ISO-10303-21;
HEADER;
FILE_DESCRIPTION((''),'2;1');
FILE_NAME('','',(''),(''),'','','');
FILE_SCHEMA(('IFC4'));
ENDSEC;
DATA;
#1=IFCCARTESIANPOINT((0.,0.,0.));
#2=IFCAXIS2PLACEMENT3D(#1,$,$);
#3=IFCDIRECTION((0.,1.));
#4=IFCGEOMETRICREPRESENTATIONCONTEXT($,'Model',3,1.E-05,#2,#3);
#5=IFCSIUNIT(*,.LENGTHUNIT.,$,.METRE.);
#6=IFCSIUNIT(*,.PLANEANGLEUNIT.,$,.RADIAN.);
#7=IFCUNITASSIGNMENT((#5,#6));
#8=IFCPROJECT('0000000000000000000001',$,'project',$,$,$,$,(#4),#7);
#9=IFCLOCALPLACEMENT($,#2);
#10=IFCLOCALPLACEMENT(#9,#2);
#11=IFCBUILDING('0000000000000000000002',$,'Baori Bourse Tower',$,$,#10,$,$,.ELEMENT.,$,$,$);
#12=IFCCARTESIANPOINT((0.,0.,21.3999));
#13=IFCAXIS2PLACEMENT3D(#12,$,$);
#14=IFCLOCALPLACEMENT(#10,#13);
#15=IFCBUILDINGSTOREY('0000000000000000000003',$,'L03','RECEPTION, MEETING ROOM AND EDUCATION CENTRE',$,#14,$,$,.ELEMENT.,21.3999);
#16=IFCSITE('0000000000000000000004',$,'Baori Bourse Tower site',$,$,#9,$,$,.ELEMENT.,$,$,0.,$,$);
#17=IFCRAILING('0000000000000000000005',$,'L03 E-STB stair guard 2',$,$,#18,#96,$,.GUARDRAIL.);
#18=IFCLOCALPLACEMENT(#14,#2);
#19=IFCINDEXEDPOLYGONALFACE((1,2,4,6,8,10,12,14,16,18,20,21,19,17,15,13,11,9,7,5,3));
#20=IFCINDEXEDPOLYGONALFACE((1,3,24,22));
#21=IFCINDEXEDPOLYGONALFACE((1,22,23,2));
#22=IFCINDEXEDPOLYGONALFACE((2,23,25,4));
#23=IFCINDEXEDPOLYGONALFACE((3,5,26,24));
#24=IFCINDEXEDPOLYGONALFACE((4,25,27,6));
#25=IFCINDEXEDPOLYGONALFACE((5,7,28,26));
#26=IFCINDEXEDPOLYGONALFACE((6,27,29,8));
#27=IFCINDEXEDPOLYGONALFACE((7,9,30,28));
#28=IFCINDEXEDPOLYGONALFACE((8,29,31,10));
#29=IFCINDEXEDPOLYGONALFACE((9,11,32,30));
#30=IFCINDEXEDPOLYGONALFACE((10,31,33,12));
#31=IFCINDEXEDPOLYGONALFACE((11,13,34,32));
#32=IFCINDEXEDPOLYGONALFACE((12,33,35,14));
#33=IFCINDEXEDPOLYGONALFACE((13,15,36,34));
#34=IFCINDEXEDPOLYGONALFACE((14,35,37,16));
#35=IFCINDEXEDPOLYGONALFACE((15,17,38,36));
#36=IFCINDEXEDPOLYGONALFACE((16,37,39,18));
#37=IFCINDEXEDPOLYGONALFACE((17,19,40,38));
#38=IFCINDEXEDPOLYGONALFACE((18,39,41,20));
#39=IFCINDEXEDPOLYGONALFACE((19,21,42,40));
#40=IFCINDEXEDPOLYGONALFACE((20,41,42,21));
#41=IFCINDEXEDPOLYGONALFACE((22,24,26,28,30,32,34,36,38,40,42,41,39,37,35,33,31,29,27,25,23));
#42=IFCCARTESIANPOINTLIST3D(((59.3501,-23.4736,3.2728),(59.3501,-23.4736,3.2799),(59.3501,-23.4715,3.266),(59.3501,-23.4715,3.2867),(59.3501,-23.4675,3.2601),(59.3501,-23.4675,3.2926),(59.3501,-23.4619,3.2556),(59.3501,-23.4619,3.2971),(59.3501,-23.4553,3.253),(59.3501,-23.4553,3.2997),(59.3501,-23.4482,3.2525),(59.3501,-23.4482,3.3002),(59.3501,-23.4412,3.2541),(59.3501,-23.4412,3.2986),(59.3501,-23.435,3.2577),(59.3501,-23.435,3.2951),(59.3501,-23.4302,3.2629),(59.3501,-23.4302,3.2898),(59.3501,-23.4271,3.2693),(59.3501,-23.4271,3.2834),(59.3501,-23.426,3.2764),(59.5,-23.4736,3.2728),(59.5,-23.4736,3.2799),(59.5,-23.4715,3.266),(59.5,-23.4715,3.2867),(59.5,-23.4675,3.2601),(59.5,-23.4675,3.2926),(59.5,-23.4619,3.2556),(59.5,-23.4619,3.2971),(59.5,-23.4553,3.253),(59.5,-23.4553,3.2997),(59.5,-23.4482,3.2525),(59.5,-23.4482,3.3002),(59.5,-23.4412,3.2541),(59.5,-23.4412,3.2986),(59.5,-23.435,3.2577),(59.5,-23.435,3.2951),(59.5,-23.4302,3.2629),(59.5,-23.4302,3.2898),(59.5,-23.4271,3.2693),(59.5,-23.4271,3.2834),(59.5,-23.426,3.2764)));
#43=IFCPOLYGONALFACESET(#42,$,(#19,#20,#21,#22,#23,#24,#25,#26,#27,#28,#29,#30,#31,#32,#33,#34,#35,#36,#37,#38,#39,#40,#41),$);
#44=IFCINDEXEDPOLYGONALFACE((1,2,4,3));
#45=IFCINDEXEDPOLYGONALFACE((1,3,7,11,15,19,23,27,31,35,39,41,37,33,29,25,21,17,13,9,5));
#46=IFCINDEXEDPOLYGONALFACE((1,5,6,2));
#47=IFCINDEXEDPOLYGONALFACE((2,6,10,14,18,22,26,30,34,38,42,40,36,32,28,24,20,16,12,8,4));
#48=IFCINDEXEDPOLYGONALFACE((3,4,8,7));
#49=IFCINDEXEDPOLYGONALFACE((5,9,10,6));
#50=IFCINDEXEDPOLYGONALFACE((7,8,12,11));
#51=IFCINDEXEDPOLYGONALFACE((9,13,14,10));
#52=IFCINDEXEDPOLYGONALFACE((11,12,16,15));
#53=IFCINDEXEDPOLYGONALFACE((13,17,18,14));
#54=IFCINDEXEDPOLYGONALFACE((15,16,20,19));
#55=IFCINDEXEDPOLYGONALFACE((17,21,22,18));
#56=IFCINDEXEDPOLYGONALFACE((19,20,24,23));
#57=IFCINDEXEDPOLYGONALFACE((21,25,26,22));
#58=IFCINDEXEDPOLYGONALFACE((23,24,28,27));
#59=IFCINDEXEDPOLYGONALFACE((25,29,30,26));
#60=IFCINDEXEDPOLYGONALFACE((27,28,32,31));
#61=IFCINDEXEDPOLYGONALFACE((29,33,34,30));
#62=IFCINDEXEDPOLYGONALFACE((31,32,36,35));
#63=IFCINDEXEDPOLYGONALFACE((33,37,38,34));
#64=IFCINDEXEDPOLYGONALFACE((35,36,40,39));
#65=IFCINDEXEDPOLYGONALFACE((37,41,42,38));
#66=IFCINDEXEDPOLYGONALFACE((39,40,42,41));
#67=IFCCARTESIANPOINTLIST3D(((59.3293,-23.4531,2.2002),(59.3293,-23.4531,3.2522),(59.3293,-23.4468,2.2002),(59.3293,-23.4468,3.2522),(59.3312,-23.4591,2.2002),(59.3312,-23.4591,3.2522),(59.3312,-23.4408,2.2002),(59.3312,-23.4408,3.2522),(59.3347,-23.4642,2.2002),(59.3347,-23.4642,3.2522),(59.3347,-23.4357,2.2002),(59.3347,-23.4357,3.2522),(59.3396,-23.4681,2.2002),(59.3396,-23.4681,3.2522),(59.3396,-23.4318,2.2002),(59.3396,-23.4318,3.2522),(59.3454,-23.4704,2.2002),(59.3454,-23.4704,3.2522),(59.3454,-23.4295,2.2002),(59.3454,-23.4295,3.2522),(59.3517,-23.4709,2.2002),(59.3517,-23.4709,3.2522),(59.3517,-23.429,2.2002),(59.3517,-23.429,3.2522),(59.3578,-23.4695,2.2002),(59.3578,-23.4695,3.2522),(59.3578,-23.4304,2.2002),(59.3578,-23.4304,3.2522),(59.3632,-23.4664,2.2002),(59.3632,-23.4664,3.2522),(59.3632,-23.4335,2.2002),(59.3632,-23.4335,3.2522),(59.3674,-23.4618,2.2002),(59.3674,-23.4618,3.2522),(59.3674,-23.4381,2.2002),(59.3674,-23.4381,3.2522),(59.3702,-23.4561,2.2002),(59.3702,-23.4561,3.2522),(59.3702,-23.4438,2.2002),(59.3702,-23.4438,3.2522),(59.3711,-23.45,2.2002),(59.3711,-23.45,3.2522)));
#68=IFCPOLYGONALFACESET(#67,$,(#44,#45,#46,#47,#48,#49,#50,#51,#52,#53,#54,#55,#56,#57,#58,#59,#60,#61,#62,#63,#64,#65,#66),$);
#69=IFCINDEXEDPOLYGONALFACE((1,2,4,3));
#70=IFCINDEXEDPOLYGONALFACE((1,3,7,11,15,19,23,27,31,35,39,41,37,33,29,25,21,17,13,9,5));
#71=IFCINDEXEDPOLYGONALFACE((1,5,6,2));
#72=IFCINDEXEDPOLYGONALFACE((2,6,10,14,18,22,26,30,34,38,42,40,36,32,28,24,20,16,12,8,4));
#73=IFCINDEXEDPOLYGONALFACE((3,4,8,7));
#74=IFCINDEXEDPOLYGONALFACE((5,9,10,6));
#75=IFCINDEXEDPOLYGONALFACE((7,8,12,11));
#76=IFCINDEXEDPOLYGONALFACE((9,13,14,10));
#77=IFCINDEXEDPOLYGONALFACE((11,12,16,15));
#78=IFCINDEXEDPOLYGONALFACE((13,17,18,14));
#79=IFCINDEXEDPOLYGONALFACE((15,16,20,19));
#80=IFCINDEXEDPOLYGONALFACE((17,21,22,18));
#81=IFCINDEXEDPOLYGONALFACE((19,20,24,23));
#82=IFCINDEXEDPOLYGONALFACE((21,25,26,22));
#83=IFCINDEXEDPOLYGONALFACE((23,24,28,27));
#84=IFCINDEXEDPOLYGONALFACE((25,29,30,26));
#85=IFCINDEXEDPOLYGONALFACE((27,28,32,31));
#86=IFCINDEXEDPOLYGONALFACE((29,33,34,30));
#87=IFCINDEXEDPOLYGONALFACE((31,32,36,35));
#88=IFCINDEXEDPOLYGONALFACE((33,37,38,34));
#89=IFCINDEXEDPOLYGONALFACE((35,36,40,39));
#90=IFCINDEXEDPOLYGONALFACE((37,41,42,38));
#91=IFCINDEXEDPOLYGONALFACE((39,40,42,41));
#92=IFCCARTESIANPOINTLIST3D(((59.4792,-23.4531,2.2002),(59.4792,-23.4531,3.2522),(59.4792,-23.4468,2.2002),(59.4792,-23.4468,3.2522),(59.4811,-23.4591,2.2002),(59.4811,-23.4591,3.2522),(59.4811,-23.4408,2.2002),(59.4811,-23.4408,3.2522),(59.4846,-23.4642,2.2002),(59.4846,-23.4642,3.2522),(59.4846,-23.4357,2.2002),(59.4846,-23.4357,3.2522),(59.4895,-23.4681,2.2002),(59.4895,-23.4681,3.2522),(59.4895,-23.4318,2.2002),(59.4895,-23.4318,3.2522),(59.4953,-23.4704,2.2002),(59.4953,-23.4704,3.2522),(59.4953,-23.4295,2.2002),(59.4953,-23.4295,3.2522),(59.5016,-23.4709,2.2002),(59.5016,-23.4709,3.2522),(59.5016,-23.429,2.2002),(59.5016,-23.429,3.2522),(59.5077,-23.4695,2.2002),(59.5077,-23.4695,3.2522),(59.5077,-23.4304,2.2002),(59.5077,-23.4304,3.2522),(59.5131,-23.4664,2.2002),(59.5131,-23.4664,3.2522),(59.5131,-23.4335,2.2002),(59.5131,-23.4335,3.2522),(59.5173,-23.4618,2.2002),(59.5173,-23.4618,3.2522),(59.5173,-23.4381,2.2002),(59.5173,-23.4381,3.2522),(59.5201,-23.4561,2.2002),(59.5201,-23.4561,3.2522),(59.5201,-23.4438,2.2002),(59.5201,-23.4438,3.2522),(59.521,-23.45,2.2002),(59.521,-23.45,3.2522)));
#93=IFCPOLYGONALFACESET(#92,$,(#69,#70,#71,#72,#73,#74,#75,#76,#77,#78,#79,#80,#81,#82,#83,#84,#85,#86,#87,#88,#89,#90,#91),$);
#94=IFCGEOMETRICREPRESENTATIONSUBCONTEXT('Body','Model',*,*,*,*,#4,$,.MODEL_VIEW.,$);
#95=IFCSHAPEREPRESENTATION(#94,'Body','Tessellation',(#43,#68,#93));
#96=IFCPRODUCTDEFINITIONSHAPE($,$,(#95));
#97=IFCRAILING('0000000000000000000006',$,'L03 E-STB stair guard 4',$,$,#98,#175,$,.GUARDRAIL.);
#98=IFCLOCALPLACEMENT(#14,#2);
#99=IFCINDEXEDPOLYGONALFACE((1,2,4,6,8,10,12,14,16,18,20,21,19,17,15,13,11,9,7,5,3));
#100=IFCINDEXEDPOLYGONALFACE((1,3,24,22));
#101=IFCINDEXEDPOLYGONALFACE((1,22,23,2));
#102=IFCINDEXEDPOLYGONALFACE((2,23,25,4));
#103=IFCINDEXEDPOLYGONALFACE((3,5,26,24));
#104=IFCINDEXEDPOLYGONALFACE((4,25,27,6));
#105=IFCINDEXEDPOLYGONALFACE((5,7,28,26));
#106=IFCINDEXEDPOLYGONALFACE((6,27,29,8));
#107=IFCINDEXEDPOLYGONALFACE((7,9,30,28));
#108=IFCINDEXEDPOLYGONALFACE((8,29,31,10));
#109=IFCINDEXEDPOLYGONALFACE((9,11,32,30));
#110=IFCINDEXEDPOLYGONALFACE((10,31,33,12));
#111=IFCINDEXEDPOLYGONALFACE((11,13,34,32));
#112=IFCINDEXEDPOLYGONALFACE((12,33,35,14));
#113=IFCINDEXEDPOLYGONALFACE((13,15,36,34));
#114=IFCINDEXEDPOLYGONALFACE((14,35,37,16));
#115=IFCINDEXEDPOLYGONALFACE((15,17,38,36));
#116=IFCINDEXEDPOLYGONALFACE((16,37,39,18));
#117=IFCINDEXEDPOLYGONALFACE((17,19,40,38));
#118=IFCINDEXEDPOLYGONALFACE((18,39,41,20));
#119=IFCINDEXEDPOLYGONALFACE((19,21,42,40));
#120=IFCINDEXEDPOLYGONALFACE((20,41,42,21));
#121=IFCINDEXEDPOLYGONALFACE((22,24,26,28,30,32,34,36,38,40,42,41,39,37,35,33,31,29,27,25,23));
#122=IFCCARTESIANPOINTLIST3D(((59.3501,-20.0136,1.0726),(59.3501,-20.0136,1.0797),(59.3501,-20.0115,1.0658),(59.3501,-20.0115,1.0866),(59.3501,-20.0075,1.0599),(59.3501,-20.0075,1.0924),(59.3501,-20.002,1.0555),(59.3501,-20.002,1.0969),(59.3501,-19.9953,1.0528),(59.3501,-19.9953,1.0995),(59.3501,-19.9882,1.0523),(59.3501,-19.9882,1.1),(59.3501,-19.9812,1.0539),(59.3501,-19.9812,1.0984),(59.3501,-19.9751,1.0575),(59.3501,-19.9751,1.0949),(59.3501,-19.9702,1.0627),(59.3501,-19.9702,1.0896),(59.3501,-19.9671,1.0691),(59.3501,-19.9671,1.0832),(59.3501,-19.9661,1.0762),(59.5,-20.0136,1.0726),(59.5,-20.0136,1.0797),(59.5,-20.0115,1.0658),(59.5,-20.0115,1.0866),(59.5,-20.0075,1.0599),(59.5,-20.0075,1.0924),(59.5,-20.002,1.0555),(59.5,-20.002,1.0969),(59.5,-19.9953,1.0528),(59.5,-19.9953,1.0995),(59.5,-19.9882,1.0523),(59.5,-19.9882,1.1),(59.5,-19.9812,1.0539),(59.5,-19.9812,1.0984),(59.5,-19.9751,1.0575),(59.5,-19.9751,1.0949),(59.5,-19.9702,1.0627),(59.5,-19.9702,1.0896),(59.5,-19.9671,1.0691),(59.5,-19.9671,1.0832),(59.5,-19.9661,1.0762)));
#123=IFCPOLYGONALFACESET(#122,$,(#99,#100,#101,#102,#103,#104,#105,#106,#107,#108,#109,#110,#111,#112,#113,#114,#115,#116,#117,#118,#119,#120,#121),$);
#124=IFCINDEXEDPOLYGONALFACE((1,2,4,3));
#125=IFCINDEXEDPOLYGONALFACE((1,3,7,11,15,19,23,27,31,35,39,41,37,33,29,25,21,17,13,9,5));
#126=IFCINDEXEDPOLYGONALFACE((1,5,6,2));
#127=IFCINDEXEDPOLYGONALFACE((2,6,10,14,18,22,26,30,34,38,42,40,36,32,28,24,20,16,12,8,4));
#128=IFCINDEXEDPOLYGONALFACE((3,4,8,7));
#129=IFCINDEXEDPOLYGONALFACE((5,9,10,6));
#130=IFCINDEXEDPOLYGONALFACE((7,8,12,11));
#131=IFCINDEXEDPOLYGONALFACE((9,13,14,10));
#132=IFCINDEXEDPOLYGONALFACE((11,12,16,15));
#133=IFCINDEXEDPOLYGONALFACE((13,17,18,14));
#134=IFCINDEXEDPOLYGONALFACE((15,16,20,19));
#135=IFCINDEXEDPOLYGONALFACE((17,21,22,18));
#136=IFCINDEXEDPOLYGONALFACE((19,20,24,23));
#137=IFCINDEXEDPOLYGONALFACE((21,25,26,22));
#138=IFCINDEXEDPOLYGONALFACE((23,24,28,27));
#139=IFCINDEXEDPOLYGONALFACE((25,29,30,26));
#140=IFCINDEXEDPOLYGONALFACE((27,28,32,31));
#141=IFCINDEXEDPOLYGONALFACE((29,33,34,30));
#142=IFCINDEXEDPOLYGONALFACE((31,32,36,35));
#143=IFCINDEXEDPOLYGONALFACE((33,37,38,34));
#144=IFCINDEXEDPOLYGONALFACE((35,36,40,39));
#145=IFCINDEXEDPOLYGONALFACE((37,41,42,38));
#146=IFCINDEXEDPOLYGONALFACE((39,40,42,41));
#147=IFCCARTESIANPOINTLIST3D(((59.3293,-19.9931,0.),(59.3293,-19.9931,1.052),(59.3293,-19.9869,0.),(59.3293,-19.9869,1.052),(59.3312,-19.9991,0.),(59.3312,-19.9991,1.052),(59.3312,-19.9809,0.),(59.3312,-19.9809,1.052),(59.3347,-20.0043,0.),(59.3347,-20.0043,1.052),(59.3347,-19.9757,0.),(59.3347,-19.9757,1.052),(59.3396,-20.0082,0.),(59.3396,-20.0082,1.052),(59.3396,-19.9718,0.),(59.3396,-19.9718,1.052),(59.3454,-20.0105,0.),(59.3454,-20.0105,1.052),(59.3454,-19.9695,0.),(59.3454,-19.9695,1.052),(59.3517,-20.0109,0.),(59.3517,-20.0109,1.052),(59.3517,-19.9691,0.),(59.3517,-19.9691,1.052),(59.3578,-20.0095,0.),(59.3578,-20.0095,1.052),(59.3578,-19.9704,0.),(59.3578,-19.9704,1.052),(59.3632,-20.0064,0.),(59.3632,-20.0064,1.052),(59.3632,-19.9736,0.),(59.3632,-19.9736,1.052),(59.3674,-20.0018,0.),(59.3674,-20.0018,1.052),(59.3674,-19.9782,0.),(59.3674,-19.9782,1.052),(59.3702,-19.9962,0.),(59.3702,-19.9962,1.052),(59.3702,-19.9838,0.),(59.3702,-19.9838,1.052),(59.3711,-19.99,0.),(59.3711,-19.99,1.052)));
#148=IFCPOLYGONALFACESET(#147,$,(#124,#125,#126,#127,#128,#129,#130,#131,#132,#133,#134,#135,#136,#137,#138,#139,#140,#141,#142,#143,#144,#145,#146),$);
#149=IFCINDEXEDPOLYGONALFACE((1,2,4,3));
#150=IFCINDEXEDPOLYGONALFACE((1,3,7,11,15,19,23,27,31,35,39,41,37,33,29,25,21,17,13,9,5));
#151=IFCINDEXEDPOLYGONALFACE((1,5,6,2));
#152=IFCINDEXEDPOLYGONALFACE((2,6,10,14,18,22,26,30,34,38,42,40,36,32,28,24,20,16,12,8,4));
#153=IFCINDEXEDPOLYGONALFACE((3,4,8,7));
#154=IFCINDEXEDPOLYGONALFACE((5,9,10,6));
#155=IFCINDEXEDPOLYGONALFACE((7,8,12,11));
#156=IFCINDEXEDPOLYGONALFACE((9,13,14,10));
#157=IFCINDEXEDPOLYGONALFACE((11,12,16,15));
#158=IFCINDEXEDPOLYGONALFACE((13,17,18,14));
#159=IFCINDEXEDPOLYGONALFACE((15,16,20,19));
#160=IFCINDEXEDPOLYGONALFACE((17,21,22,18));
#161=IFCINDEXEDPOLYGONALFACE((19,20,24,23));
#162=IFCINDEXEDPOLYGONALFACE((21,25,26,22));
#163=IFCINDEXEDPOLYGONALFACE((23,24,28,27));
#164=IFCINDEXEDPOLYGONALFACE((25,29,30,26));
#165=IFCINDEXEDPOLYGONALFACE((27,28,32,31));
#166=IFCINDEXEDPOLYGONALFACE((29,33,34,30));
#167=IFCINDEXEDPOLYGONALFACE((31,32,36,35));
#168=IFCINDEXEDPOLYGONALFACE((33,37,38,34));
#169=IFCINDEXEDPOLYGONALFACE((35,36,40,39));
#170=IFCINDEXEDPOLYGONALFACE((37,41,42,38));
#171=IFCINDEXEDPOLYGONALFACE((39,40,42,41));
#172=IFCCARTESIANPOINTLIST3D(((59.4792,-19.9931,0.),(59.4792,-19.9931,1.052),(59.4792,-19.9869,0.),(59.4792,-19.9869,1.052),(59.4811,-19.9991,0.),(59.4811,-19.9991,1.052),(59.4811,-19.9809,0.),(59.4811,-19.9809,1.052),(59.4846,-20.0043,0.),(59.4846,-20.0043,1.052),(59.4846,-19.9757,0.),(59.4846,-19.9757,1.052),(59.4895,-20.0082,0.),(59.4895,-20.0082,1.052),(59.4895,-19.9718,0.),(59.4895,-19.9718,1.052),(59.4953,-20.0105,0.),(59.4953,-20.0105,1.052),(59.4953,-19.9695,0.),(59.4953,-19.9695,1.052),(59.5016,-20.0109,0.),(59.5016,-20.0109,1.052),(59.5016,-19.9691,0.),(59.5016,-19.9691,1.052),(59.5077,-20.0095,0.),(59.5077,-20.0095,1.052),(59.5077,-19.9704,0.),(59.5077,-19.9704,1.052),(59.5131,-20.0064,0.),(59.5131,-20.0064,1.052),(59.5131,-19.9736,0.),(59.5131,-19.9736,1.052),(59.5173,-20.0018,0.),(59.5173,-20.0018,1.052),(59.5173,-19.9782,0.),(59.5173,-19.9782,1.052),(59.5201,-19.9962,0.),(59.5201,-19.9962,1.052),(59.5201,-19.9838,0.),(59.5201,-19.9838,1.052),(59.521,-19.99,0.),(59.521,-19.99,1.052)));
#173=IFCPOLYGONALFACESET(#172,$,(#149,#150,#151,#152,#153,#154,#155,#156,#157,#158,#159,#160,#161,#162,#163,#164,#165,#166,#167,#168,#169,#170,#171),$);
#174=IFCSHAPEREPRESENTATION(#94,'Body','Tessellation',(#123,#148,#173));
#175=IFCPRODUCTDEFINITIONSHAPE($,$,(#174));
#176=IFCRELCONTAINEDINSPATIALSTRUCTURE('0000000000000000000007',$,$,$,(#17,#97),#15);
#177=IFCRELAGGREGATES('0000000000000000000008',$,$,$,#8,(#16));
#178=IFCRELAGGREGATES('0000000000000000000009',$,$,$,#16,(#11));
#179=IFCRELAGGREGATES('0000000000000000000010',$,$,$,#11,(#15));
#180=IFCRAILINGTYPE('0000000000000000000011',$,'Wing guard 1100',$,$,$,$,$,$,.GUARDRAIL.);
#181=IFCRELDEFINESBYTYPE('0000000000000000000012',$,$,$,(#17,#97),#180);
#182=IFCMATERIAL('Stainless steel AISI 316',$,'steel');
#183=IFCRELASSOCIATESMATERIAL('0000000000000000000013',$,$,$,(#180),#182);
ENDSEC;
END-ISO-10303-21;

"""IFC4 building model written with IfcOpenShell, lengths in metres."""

from ifc_helpers import new_model, si_unit, direction, frame, origin, origin_2d, place, context, subcontext, project, spatial, circle, extrude, material, type_object, element, save


model = new_model("IFC4")

# Units and contexts
model_context = context("Model", 3, precision=1e-05, world=origin(), true_north=direction((0.0, 1.0)))
body_context = subcontext(model_context, "Body", "Model", "MODEL_VIEW")
ifc_project = project(units=[si_unit("LENGTHUNIT", "METRE"), si_unit("PLANEANGLEUNIT", "RADIAN")], contexts=[model_context])

# Site, building, storey
site_placement = place(None, origin())
site = spatial("IfcSite", under=ifc_project, at=site_placement, Name="Baori Bourse Tower site", CompositionType="ELEMENT", RefElevation=0.0)
building_placement = place(site_placement, origin())
building = spatial("IfcBuilding", under=site, at=building_placement, Name="Baori Bourse Tower", CompositionType="ELEMENT")
storey_placement = place(building_placement, frame((0.0, 0.0, 21.3999)))
storey = spatial("IfcBuildingStorey", under=building, at=storey_placement, Name="L03", Description="RECEPTION, MEETING ROOM AND EDUCATION CENTRE", CompositionType="ELEMENT", Elevation=21.3999)

# Railings
ifc_material_1 = material(Name="Stainless steel AISI 316", Category="steel")
railing_type_1 = type_object("IfcRailingType", Name="Wing guard 1100", PredefinedType="GUARDRAIL", material=ifc_material_1)
for number, where, name in (
    (1, (59.3501, -23.45, 2.2002), "L03 E-STB stair guard 2"),
    (2, (59.3501, -19.99, 0.0), "L03 E-STB stair guard 4"),
):
    element("IfcRailing", number, at=place(storey_placement, frame(where)), inside=storey, type_object=railing_type_1, Name=name, PredefinedType="GUARDRAIL", context=body_context, shape_type="SweptSolid", body=[
        extrude(circle(Radius=0.0239, at=origin_2d()), frame((0.0, 0.0, 1.0762), z_axis=(1.0, 0.0, 0.0), x_axis=(0.0, 1.0, 0.0)), (0.0, 0.0, 1.0), 0.1499),
        extrude(circle(Radius=0.021, at=origin_2d()), origin(), (0.0, 0.0, 1.0), 1.052),
        extrude(circle(Radius=0.021, at=origin_2d()), frame((0.1499, 0.0, 0.0)), (0.0, 0.0, 1.0), 1.052),
    ])

save(model, "model.ifc")
